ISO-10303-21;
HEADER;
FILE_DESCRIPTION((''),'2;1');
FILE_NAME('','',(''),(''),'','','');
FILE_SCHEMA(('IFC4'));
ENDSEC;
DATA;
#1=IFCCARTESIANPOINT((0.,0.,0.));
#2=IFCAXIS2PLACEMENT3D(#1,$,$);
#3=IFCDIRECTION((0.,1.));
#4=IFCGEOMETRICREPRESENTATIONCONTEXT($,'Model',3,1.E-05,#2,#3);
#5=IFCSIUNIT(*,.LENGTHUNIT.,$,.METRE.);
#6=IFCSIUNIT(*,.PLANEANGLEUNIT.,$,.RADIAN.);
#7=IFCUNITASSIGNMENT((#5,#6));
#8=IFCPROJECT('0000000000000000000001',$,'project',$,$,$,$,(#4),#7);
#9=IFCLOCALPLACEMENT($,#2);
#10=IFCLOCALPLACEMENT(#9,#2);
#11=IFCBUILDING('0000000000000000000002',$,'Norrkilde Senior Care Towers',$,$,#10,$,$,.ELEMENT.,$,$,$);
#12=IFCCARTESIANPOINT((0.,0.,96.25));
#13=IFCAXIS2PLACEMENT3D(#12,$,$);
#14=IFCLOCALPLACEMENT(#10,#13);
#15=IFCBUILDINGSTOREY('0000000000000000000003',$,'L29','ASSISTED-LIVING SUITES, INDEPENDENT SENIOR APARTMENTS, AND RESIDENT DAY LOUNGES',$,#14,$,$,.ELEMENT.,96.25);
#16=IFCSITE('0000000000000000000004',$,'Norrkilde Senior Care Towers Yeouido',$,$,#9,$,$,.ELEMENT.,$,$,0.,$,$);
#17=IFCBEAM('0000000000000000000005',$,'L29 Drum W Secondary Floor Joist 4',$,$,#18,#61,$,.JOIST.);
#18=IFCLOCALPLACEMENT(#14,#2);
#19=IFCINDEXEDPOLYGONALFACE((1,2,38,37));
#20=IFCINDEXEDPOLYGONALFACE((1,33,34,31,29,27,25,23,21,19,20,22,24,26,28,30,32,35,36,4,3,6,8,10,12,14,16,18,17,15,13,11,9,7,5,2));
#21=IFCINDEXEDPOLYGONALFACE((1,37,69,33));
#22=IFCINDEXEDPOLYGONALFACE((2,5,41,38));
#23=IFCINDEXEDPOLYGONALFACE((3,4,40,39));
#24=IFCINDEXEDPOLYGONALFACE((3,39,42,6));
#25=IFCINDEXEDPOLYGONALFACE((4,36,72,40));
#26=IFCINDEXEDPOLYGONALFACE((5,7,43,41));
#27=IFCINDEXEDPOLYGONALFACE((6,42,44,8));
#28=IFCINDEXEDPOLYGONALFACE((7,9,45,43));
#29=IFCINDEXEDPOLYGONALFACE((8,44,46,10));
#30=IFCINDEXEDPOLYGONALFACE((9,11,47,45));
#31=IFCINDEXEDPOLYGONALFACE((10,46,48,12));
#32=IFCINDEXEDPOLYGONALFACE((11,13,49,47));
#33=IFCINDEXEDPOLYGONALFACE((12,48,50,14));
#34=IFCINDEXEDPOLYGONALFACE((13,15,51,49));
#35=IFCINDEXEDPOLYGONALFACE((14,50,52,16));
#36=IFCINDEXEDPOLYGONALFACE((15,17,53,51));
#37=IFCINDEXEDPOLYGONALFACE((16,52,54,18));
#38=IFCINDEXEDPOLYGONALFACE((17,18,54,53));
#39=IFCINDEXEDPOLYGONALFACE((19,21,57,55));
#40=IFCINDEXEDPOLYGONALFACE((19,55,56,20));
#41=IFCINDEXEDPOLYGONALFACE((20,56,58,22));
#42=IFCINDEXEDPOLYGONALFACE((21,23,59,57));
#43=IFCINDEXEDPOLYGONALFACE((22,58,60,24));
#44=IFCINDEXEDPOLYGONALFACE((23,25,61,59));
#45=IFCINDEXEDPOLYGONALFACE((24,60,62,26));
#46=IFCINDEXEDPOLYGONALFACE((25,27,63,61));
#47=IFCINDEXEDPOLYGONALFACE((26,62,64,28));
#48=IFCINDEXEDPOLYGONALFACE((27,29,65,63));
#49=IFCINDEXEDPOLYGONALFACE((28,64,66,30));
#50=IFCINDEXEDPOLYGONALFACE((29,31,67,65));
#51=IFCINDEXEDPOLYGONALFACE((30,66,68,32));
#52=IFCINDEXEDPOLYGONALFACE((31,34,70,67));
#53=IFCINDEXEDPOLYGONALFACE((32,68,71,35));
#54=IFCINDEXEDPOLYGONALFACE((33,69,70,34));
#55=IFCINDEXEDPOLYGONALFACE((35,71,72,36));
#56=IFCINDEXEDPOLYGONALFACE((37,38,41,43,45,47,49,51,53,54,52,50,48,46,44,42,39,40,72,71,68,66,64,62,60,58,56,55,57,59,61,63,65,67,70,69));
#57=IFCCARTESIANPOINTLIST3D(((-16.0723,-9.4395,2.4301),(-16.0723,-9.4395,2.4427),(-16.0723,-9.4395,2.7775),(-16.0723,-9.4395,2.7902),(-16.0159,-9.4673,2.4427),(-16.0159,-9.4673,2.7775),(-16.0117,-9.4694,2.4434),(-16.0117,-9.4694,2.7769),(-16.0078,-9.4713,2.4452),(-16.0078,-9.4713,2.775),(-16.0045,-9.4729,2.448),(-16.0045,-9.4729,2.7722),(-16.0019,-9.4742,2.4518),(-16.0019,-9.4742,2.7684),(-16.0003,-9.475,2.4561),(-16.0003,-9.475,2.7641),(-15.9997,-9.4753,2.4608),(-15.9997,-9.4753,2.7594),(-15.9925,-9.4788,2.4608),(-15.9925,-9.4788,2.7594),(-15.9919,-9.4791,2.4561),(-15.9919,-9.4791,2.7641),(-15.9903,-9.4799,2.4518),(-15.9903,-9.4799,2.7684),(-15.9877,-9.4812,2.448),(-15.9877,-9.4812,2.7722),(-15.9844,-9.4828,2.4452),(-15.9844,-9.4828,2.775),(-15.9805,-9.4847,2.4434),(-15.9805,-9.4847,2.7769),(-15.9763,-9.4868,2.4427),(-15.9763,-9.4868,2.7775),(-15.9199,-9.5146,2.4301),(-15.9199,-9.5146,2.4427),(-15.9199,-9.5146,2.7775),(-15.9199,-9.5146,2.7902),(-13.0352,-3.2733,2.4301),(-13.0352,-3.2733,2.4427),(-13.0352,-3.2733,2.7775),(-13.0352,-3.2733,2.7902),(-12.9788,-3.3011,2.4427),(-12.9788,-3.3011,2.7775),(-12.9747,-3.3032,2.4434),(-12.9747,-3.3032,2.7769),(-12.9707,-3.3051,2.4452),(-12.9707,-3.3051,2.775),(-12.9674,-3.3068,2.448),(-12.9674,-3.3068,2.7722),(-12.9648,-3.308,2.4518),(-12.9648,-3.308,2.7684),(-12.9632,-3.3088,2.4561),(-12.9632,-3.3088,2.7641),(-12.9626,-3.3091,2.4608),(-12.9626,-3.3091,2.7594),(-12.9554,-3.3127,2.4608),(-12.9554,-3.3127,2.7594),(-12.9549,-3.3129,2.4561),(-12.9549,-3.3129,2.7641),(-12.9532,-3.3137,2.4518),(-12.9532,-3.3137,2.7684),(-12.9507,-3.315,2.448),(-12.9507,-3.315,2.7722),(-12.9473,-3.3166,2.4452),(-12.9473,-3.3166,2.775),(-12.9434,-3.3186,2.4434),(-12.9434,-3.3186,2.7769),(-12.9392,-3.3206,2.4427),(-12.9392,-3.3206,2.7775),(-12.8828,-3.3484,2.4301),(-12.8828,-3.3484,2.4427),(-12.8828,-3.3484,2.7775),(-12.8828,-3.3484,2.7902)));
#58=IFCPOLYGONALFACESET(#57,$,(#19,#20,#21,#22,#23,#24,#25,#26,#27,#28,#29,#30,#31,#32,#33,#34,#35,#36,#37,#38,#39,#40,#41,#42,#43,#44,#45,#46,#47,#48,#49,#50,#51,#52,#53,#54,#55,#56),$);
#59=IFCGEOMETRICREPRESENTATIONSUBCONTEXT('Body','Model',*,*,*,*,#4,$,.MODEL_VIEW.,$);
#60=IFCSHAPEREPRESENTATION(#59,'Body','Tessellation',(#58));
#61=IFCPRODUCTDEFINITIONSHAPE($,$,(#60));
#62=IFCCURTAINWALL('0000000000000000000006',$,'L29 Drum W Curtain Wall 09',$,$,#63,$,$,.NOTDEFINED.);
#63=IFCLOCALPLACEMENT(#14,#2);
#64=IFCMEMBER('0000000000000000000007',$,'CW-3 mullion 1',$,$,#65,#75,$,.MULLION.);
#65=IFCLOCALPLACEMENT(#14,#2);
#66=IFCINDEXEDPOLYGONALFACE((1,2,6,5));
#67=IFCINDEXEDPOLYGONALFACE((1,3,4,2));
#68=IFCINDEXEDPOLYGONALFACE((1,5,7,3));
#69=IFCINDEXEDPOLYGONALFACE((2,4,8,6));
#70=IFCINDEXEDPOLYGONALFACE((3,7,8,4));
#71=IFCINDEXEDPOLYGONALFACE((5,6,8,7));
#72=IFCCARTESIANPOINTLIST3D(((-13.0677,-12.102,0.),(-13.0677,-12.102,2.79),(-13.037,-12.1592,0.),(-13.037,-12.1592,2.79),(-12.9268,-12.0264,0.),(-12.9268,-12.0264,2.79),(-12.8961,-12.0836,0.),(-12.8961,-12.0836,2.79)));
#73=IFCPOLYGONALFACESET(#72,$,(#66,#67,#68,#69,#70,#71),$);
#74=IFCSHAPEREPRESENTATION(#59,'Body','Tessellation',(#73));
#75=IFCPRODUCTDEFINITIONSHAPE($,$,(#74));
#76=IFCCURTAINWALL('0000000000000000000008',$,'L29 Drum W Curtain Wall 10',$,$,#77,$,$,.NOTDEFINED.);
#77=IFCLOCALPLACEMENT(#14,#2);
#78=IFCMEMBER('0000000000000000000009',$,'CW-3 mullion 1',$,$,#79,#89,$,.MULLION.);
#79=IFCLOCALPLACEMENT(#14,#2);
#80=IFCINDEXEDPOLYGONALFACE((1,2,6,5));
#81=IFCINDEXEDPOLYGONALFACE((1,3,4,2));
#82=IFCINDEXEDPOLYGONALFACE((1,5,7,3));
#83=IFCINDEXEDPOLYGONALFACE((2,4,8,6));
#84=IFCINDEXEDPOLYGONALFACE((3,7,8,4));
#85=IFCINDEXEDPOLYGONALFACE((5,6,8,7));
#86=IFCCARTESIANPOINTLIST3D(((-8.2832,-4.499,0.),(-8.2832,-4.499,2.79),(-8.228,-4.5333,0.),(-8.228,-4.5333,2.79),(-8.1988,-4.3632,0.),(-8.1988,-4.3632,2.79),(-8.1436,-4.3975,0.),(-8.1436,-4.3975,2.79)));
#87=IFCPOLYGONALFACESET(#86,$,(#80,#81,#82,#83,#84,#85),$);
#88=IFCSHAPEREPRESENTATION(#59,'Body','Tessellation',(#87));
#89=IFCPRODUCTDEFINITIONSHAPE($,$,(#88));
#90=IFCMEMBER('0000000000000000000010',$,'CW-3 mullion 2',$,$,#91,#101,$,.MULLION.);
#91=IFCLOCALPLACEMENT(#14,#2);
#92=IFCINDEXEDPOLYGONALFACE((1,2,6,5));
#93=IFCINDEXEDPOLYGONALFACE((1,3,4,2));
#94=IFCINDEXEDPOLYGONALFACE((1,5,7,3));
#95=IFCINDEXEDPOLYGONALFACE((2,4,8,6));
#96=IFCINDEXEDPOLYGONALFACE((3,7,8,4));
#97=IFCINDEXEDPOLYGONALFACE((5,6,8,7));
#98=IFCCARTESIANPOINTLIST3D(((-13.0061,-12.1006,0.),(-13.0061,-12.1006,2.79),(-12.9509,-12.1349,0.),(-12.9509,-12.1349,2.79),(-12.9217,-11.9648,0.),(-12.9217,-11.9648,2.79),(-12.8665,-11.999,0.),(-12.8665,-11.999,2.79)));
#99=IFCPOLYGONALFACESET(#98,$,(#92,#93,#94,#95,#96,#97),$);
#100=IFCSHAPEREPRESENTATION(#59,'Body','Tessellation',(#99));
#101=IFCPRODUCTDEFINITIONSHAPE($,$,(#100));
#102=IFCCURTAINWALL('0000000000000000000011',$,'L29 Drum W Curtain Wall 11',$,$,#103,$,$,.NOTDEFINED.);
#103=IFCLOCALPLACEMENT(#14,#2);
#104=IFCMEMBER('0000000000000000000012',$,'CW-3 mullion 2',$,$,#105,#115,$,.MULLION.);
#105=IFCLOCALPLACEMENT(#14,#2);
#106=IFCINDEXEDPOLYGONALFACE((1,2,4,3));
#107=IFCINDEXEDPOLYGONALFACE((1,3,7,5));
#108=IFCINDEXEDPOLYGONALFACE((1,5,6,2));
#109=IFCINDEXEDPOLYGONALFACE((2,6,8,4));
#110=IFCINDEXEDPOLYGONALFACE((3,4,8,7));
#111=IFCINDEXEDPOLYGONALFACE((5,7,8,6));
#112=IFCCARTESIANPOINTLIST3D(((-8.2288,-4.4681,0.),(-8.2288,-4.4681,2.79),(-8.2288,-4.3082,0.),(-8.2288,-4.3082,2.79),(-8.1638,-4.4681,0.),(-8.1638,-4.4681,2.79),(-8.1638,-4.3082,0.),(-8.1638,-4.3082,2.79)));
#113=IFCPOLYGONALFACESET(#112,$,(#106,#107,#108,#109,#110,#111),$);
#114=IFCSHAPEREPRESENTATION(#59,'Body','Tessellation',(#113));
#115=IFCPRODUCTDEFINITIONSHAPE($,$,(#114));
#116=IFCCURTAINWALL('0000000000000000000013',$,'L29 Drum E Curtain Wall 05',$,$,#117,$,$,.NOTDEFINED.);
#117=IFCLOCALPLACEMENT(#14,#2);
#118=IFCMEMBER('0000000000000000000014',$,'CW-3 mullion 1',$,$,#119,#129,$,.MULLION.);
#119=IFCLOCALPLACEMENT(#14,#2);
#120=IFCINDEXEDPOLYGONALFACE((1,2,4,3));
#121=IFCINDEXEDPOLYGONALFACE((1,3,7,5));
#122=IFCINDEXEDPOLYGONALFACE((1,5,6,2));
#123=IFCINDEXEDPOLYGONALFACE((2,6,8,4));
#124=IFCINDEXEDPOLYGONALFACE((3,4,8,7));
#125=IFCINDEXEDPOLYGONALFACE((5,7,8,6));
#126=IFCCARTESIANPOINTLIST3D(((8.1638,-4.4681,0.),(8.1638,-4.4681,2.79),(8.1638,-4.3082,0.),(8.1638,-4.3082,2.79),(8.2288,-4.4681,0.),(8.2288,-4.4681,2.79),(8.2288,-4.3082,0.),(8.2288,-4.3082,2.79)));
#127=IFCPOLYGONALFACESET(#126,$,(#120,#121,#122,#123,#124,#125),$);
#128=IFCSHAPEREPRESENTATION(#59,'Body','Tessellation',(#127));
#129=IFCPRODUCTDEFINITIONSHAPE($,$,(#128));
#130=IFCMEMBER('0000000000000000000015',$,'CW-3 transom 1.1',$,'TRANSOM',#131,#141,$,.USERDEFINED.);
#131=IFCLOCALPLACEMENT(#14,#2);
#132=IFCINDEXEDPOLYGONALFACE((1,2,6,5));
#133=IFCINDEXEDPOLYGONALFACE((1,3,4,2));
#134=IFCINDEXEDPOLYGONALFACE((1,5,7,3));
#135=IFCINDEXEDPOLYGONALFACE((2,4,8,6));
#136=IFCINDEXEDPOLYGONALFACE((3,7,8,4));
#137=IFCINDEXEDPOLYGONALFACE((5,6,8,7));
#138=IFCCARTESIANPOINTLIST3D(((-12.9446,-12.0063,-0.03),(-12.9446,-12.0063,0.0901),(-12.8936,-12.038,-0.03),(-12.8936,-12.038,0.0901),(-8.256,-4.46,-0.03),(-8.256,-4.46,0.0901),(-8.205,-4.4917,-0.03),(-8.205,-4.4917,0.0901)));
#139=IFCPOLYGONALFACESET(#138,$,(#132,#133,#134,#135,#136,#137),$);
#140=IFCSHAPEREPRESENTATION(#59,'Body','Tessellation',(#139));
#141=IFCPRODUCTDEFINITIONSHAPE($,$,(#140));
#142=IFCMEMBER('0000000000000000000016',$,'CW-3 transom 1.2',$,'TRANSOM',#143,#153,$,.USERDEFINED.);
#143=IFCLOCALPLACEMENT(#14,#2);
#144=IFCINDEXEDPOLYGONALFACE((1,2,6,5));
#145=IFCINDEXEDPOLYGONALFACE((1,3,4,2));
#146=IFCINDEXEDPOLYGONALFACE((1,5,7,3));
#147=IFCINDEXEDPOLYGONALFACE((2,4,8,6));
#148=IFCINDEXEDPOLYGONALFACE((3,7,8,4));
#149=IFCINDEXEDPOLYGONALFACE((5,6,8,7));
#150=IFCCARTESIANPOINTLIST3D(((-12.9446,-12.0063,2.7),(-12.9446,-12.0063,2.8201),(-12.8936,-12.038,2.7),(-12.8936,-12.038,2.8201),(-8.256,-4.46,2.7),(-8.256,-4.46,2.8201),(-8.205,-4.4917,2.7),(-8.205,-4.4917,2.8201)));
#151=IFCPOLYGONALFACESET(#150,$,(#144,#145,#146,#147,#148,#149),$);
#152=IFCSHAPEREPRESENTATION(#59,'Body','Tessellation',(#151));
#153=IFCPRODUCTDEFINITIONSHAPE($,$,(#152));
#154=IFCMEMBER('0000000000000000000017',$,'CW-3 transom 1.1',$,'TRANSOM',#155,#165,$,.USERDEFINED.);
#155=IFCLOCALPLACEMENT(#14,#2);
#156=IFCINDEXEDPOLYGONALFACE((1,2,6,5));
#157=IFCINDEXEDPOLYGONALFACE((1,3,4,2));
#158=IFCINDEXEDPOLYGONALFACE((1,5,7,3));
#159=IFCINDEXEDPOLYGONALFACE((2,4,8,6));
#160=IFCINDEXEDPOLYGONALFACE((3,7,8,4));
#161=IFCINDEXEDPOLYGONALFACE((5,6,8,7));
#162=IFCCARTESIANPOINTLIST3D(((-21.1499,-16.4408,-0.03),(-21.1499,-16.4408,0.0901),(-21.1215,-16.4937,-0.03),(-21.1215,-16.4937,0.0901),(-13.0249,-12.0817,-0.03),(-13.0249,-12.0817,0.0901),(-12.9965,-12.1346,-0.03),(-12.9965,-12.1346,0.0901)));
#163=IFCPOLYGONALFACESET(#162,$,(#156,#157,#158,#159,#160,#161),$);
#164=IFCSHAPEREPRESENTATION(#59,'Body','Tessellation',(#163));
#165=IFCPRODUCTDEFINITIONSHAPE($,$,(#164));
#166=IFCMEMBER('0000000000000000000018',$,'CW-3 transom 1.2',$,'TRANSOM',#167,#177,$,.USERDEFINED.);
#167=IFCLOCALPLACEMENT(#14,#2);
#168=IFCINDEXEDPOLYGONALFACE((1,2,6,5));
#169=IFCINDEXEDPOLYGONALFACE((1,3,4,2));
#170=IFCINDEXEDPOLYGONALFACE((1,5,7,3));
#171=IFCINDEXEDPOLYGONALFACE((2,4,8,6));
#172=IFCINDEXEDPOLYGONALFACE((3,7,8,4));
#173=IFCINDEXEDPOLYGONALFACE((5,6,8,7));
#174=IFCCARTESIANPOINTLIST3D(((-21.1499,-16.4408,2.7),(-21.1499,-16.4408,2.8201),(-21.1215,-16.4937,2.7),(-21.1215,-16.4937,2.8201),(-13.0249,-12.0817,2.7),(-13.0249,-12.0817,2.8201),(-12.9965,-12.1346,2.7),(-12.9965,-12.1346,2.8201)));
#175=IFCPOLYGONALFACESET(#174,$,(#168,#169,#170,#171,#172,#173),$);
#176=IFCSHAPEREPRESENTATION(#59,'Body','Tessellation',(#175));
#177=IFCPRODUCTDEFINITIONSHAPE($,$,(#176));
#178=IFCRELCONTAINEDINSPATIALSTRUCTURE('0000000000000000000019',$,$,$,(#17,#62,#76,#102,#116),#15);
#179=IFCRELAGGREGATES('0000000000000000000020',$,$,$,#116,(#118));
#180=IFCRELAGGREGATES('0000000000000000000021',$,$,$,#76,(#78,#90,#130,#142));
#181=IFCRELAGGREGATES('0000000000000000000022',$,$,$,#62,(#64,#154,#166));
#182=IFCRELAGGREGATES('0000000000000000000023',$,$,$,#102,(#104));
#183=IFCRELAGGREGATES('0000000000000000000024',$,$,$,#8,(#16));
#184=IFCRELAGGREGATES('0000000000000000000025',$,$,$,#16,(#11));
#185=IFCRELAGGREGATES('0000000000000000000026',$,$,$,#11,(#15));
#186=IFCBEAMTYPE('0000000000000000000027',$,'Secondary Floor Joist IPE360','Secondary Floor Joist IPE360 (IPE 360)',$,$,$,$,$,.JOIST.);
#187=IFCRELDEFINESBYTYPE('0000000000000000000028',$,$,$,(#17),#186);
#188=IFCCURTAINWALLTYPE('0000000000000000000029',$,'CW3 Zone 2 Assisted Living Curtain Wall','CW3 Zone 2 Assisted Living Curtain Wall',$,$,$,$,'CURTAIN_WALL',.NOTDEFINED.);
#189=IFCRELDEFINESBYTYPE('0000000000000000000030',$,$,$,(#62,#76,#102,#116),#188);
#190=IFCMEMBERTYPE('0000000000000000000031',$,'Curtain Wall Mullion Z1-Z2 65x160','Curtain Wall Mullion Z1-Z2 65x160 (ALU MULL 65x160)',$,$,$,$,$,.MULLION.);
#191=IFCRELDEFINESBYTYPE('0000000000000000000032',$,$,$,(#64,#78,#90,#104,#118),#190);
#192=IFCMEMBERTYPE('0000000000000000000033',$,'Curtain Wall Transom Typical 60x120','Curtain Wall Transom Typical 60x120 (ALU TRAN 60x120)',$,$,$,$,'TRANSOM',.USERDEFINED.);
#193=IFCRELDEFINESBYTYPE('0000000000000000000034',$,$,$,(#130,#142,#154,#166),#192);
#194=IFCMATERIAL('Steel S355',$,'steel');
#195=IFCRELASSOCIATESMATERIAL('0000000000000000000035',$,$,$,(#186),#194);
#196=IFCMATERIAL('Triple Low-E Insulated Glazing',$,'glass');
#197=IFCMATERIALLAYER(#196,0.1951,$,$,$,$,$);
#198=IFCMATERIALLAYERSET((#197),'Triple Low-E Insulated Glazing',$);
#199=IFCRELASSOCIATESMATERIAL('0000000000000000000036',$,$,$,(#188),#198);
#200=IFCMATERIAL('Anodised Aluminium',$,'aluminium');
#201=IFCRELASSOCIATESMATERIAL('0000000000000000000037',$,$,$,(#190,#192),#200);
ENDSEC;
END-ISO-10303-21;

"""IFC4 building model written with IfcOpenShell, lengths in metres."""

from ifc_helpers import new_model, si_unit, direction, frame, origin, origin_2d, place, context, subcontext, project, spatial, rectangle, i_section, extrude, source, transform, mapped, material, layer, layer_set, material_profile, profile_set, type_object, type_shapes, element, aggregate, save


model = new_model("IFC4")

# Units and contexts
model_context = context("Model", 3, precision=1e-05, world=origin(), true_north=direction((0.0, 1.0)))
body_context = subcontext(model_context, "Body", "Model", "MODEL_VIEW")
ifc_project = project(units=[si_unit("LENGTHUNIT", "METRE"), si_unit("PLANEANGLEUNIT", "RADIAN")], contexts=[model_context])

# Site, building, storey
site_placement = place(None, origin())
site = spatial("IfcSite", under=ifc_project, at=site_placement, Name="Norrkilde Senior Care Towers Yeouido", CompositionType="ELEMENT", RefElevation=0.0)
building_placement = place(site_placement, origin())
building = spatial("IfcBuilding", under=site, at=building_placement, Name="Norrkilde Senior Care Towers", CompositionType="ELEMENT")
storey_placement = place(building_placement, frame((0.0, 0.0, 96.25)))
storey = spatial("IfcBuildingStorey", under=building, at=storey_placement, Name="L29", Description="ASSISTED-LIVING SUITES, INDEPENDENT SENIOR APARTMENTS, AND RESIDENT DAY LOUNGES", CompositionType="ELEMENT", Elevation=96.25)

# Beam
ifc_material_1 = material(Name="Steel S355", Category="steel")
ifc_material_profile_1 = material_profile(ifc_material_1, i_section(OverallWidth=0.1699, OverallDepth=0.3601, WebThickness=0.0081, FlangeThickness=0.0127, FilletRadius=0.0181, at=origin_2d()), Name="IPE 360")
ifc_profile_set_1 = profile_set([ifc_material_profile_1], Name="Steel S355")
beam_type_1 = type_object("IfcBeamType", Name="Secondary Floor Joist IPE360", Description="Secondary Floor Joist IPE360 (IPE 360)", PredefinedType="JOIST", material=ifc_profile_set_1)
shared_shape_1 = source(origin(), body_context, "Body", "SweptSolid", [
    extrude(i_section(OverallWidth=0.1699, OverallDepth=0.3601, WebThickness=0.0081, FlangeThickness=0.0127, FilletRadius=0.0181, at=origin_2d()), origin(), (0.0, 0.0, 1.0), 6.8735),
])
type_shapes(beam_type_1, [shared_shape_1])
beam_1_placement = place(storey_placement, frame((-15.9961, -9.4771, 2.6101), z_axis=(0.441849, 0.897089, 0.0), x_axis=(-0.897089, 0.441849, 0.0)))
element("IfcBeam", 1, at=beam_1_placement, inside=storey, type_object=beam_type_1, Name="L29 Drum W Secondary Floor Joist 4", PredefinedType="JOIST", context=body_context, shape_type="MappedRepresentation", body=[
    mapped(shared_shape_1, transform((0.0, 0.0, 0.0), x_axis=(1.0, 0.0, 0.0), y_axis=(0.0, 1.0, 0.0), z_axis=(0.0, 0.0, 1.0), scale=1.0)),
])

# Curtain wall, member
ifc_material_2 = material(Name="Triple Low-E Insulated Glazing", Category="glass")
ifc_layer_1 = layer(ifc_material_2, 0.1951)
ifc_layer_set_1 = layer_set([ifc_layer_1], Name="Triple Low-E Insulated Glazing")
curtain_wall_type = type_object("IfcCurtainWallType", Name="CW3 Zone 2 Assisted Living Curtain Wall", Description="CW3 Zone 2 Assisted Living Curtain Wall", ElementType="CURTAIN_WALL", PredefinedType="NOTDEFINED", material=ifc_layer_set_1)
curtain_wall_1_placement = place(storey_placement, origin())
curtain_wall_1 = element("IfcCurtainWall", 2, at=curtain_wall_1_placement, inside=storey, type_object=curtain_wall_type, Name="L29 Drum W Curtain Wall 09", PredefinedType="NOTDEFINED")
ifc_material_3 = material(Name="Anodised Aluminium", Category="aluminium")
ifc_material_profile_2 = material_profile(ifc_material_3, rectangle(XDim=0.0649, YDim=0.1599, at=origin_2d()), Name="ALU MULL 65x160")
ifc_profile_set_2 = profile_set([ifc_material_profile_2], Name="Anodised Aluminium")
member_type_1 = type_object("IfcMemberType", Name="Curtain Wall Mullion Z1-Z2 65x160", Description="Curtain Wall Mullion Z1-Z2 65x160 (ALU MULL 65x160)", PredefinedType="MULLION", material=ifc_profile_set_2)
shared_shape_2 = source(origin(), body_context, "Body", "SweptSolid", [
    extrude(rectangle(XDim=0.0649, YDim=0.1599, at=origin_2d()), origin(), (0.0, 0.0, 1.0), 2.79),
])
type_shapes(member_type_1, [shared_shape_2])
member_1_placement = place(storey_placement, frame((-12.9819, -12.0928, 0.0), z_axis=(0.0, 0.0, 1.0), x_axis=(0.472769, -0.881186, 0.0)))
member_1 = element("IfcMember", 3, at=member_1_placement, type_object=member_type_1, Name="CW-3 mullion 1", PredefinedType="MULLION", context=body_context, shape_type="MappedRepresentation", body=[
    mapped(shared_shape_2, transform((0.0, 0.0, 0.0), x_axis=(1.0, 0.0, 0.0), y_axis=(0.0, 1.0, 0.0), z_axis=(0.0, 0.0, 1.0), scale=1.0)),
])

# Curtain wall, members
curtain_wall_2_placement = place(storey_placement, origin())
curtain_wall_2 = element("IfcCurtainWall", 4, at=curtain_wall_2_placement, inside=storey, type_object=curtain_wall_type, Name="L29 Drum W Curtain Wall 10", PredefinedType="NOTDEFINED")
member_2_placement = place(storey_placement, frame((-8.2134, -4.4482, 0.0), z_axis=(0.0, 0.0, 1.0), x_axis=(0.84941, -0.527733, 0.0)))
member_2 = element("IfcMember", 5, at=member_2_placement, type_object=member_type_1, Name="CW-3 mullion 1", PredefinedType="MULLION", context=body_context, shape_type="MappedRepresentation", body=[
    mapped(shared_shape_2, transform((0.0, 0.0, 0.0), x_axis=(1.0, 0.0, 0.0), y_axis=(0.0, 1.0, 0.0), z_axis=(0.0, 0.0, 1.0), scale=1.0)),
])
member_3_placement = place(storey_placement, frame((-12.9363, -12.0498, 0.0), z_axis=(0.0, 0.0, 1.0), x_axis=(0.84941, -0.527733, 0.0)))
member_3 = element("IfcMember", 6, at=member_3_placement, type_object=member_type_1, Name="CW-3 mullion 2", PredefinedType="MULLION", context=body_context, shape_type="MappedRepresentation", body=[
    mapped(shared_shape_2, transform((0.0, 0.0, 0.0), x_axis=(1.0, 0.0, 0.0), y_axis=(0.0, 1.0, 0.0), z_axis=(0.0, 0.0, 1.0), scale=1.0)),
])

# Curtain walls, members
curtain_wall_3_placement = place(storey_placement, origin())
curtain_wall_3 = element("IfcCurtainWall", 7, at=curtain_wall_3_placement, inside=storey, type_object=curtain_wall_type, Name="L29 Drum W Curtain Wall 11", PredefinedType="NOTDEFINED")
member_4_placement = place(storey_placement, frame((-8.1963, -4.3882, 0.0), z_axis=(0.0, 0.0, 1.0), x_axis=(1.0, 0.0, 0.0)))
member_4 = element("IfcMember", 8, at=member_4_placement, type_object=member_type_1, Name="CW-3 mullion 2", PredefinedType="MULLION", context=body_context, shape_type="MappedRepresentation", body=[
    mapped(shared_shape_2, transform((0.0, 0.0, 0.0), x_axis=(1.0, 0.0, 0.0), y_axis=(0.0, 1.0, 0.0), z_axis=(0.0, 0.0, 1.0), scale=1.0)),
])
curtain_wall_4_placement = place(storey_placement, origin())
curtain_wall_4 = element("IfcCurtainWall", 9, at=curtain_wall_4_placement, inside=storey, type_object=curtain_wall_type, Name="L29 Drum E Curtain Wall 05", PredefinedType="NOTDEFINED")
member_5_placement = place(storey_placement, frame((8.1963, -4.3882, 0.0), z_axis=(0.0, 0.0, 1.0), x_axis=(-1.0, 0.0, 0.0)))
member_5 = element("IfcMember", 10, at=member_5_placement, type_object=member_type_1, Name="CW-3 mullion 1", PredefinedType="MULLION", context=body_context, shape_type="MappedRepresentation", body=[
    mapped(shared_shape_2, transform((0.0, 0.0, 0.0), x_axis=(1.0, 0.0, 0.0), y_axis=(0.0, 1.0, 0.0), z_axis=(0.0, 0.0, 1.0), scale=1.0)),
])
aggregate(curtain_wall_4, [member_5])

# Members
ifc_material_profile_3 = material_profile(ifc_material_3, rectangle(XDim=0.0601, YDim=0.1201, at=origin_2d()), Name="ALU TRAN 60x120")
ifc_profile_set_3 = profile_set([ifc_material_profile_3], Name="Anodised Aluminium")
member_type_2 = type_object("IfcMemberType", Name="Curtain Wall Transom Typical 60x120", Description="Curtain Wall Transom Typical 60x120 (ALU TRAN 60x120)", ElementType="TRANSOM", PredefinedType="USERDEFINED", material=ifc_profile_set_3)
shared_shape_3 = source(origin(), body_context, "Body", "SweptSolid", [
    extrude(rectangle(XDim=0.0601, YDim=0.1201, at=origin_2d()), origin(), (0.0, 0.0, 1.0), 8.8843),
])
member_6_placement = place(storey_placement, frame((-8.2305, -4.4758, 0.03), z_axis=(-0.527749, -0.8494, 0.0), x_axis=(0.8494, -0.527749, 0.0)))
member_6 = element("IfcMember", 11, at=member_6_placement, type_object=member_type_2, Name="CW-3 transom 1.1", ObjectType="TRANSOM", PredefinedType="USERDEFINED", context=body_context, shape_type="MappedRepresentation", body=[
    mapped(shared_shape_3, transform((0.0, 0.0, 0.0), x_axis=(1.0, 0.0, 0.0), y_axis=(0.0, 1.0, 0.0), z_axis=(0.0, 0.0, 1.0), scale=1.0)),
])
member_7_placement = place(storey_placement, frame((-8.2305, -4.4758, 2.76), z_axis=(-0.527749, -0.8494, 0.0), x_axis=(0.8494, -0.527749, 0.0)))
member_7 = element("IfcMember", 12, at=member_7_placement, type_object=member_type_2, Name="CW-3 transom 1.2", ObjectType="TRANSOM", PredefinedType="USERDEFINED", context=body_context, shape_type="MappedRepresentation", body=[
    mapped(shared_shape_3, transform((0.0, 0.0, 0.0), x_axis=(1.0, 0.0, 0.0), y_axis=(0.0, 1.0, 0.0), z_axis=(0.0, 0.0, 1.0), scale=1.0)),
])
shared_shape_4 = source(origin(), body_context, "Body", "SweptSolid", [
    extrude(rectangle(XDim=0.0601, YDim=0.1201, at=origin_2d()), origin(), (0.0, 0.0, 1.0), 9.2205),
])
type_shapes(member_type_2, [shared_shape_3, shared_shape_4])
member_8_placement = place(storey_placement, frame((-13.0107, -12.1082, 0.03), z_axis=(-0.881189, -0.472765, 0.0), x_axis=(0.472765, -0.881189, 0.0)))
member_8 = element("IfcMember", 13, at=member_8_placement, type_object=member_type_2, Name="CW-3 transom 1.1", ObjectType="TRANSOM", PredefinedType="USERDEFINED", context=body_context, shape_type="MappedRepresentation", body=[
    mapped(shared_shape_4, transform((0.0, 0.0, 0.0), x_axis=(1.0, 0.0, 0.0), y_axis=(0.0, 1.0, 0.0), z_axis=(0.0, 0.0, 1.0), scale=1.0)),
])
member_9_placement = place(storey_placement, frame((-13.0107, -12.1082, 2.76), z_axis=(-0.881189, -0.472765, 0.0), x_axis=(0.472765, -0.881189, 0.0)))
member_9 = element("IfcMember", 14, at=member_9_placement, type_object=member_type_2, Name="CW-3 transom 1.2", ObjectType="TRANSOM", PredefinedType="USERDEFINED", context=body_context, shape_type="MappedRepresentation", body=[
    mapped(shared_shape_4, transform((0.0, 0.0, 0.0), x_axis=(1.0, 0.0, 0.0), y_axis=(0.0, 1.0, 0.0), z_axis=(0.0, 0.0, 1.0), scale=1.0)),
])

aggregate(curtain_wall_2, [member_2, member_3, member_6, member_7])
aggregate(curtain_wall_1, [member_1, member_8, member_9])
aggregate(curtain_wall_3, [member_4])

save(model, "model.ifc")
